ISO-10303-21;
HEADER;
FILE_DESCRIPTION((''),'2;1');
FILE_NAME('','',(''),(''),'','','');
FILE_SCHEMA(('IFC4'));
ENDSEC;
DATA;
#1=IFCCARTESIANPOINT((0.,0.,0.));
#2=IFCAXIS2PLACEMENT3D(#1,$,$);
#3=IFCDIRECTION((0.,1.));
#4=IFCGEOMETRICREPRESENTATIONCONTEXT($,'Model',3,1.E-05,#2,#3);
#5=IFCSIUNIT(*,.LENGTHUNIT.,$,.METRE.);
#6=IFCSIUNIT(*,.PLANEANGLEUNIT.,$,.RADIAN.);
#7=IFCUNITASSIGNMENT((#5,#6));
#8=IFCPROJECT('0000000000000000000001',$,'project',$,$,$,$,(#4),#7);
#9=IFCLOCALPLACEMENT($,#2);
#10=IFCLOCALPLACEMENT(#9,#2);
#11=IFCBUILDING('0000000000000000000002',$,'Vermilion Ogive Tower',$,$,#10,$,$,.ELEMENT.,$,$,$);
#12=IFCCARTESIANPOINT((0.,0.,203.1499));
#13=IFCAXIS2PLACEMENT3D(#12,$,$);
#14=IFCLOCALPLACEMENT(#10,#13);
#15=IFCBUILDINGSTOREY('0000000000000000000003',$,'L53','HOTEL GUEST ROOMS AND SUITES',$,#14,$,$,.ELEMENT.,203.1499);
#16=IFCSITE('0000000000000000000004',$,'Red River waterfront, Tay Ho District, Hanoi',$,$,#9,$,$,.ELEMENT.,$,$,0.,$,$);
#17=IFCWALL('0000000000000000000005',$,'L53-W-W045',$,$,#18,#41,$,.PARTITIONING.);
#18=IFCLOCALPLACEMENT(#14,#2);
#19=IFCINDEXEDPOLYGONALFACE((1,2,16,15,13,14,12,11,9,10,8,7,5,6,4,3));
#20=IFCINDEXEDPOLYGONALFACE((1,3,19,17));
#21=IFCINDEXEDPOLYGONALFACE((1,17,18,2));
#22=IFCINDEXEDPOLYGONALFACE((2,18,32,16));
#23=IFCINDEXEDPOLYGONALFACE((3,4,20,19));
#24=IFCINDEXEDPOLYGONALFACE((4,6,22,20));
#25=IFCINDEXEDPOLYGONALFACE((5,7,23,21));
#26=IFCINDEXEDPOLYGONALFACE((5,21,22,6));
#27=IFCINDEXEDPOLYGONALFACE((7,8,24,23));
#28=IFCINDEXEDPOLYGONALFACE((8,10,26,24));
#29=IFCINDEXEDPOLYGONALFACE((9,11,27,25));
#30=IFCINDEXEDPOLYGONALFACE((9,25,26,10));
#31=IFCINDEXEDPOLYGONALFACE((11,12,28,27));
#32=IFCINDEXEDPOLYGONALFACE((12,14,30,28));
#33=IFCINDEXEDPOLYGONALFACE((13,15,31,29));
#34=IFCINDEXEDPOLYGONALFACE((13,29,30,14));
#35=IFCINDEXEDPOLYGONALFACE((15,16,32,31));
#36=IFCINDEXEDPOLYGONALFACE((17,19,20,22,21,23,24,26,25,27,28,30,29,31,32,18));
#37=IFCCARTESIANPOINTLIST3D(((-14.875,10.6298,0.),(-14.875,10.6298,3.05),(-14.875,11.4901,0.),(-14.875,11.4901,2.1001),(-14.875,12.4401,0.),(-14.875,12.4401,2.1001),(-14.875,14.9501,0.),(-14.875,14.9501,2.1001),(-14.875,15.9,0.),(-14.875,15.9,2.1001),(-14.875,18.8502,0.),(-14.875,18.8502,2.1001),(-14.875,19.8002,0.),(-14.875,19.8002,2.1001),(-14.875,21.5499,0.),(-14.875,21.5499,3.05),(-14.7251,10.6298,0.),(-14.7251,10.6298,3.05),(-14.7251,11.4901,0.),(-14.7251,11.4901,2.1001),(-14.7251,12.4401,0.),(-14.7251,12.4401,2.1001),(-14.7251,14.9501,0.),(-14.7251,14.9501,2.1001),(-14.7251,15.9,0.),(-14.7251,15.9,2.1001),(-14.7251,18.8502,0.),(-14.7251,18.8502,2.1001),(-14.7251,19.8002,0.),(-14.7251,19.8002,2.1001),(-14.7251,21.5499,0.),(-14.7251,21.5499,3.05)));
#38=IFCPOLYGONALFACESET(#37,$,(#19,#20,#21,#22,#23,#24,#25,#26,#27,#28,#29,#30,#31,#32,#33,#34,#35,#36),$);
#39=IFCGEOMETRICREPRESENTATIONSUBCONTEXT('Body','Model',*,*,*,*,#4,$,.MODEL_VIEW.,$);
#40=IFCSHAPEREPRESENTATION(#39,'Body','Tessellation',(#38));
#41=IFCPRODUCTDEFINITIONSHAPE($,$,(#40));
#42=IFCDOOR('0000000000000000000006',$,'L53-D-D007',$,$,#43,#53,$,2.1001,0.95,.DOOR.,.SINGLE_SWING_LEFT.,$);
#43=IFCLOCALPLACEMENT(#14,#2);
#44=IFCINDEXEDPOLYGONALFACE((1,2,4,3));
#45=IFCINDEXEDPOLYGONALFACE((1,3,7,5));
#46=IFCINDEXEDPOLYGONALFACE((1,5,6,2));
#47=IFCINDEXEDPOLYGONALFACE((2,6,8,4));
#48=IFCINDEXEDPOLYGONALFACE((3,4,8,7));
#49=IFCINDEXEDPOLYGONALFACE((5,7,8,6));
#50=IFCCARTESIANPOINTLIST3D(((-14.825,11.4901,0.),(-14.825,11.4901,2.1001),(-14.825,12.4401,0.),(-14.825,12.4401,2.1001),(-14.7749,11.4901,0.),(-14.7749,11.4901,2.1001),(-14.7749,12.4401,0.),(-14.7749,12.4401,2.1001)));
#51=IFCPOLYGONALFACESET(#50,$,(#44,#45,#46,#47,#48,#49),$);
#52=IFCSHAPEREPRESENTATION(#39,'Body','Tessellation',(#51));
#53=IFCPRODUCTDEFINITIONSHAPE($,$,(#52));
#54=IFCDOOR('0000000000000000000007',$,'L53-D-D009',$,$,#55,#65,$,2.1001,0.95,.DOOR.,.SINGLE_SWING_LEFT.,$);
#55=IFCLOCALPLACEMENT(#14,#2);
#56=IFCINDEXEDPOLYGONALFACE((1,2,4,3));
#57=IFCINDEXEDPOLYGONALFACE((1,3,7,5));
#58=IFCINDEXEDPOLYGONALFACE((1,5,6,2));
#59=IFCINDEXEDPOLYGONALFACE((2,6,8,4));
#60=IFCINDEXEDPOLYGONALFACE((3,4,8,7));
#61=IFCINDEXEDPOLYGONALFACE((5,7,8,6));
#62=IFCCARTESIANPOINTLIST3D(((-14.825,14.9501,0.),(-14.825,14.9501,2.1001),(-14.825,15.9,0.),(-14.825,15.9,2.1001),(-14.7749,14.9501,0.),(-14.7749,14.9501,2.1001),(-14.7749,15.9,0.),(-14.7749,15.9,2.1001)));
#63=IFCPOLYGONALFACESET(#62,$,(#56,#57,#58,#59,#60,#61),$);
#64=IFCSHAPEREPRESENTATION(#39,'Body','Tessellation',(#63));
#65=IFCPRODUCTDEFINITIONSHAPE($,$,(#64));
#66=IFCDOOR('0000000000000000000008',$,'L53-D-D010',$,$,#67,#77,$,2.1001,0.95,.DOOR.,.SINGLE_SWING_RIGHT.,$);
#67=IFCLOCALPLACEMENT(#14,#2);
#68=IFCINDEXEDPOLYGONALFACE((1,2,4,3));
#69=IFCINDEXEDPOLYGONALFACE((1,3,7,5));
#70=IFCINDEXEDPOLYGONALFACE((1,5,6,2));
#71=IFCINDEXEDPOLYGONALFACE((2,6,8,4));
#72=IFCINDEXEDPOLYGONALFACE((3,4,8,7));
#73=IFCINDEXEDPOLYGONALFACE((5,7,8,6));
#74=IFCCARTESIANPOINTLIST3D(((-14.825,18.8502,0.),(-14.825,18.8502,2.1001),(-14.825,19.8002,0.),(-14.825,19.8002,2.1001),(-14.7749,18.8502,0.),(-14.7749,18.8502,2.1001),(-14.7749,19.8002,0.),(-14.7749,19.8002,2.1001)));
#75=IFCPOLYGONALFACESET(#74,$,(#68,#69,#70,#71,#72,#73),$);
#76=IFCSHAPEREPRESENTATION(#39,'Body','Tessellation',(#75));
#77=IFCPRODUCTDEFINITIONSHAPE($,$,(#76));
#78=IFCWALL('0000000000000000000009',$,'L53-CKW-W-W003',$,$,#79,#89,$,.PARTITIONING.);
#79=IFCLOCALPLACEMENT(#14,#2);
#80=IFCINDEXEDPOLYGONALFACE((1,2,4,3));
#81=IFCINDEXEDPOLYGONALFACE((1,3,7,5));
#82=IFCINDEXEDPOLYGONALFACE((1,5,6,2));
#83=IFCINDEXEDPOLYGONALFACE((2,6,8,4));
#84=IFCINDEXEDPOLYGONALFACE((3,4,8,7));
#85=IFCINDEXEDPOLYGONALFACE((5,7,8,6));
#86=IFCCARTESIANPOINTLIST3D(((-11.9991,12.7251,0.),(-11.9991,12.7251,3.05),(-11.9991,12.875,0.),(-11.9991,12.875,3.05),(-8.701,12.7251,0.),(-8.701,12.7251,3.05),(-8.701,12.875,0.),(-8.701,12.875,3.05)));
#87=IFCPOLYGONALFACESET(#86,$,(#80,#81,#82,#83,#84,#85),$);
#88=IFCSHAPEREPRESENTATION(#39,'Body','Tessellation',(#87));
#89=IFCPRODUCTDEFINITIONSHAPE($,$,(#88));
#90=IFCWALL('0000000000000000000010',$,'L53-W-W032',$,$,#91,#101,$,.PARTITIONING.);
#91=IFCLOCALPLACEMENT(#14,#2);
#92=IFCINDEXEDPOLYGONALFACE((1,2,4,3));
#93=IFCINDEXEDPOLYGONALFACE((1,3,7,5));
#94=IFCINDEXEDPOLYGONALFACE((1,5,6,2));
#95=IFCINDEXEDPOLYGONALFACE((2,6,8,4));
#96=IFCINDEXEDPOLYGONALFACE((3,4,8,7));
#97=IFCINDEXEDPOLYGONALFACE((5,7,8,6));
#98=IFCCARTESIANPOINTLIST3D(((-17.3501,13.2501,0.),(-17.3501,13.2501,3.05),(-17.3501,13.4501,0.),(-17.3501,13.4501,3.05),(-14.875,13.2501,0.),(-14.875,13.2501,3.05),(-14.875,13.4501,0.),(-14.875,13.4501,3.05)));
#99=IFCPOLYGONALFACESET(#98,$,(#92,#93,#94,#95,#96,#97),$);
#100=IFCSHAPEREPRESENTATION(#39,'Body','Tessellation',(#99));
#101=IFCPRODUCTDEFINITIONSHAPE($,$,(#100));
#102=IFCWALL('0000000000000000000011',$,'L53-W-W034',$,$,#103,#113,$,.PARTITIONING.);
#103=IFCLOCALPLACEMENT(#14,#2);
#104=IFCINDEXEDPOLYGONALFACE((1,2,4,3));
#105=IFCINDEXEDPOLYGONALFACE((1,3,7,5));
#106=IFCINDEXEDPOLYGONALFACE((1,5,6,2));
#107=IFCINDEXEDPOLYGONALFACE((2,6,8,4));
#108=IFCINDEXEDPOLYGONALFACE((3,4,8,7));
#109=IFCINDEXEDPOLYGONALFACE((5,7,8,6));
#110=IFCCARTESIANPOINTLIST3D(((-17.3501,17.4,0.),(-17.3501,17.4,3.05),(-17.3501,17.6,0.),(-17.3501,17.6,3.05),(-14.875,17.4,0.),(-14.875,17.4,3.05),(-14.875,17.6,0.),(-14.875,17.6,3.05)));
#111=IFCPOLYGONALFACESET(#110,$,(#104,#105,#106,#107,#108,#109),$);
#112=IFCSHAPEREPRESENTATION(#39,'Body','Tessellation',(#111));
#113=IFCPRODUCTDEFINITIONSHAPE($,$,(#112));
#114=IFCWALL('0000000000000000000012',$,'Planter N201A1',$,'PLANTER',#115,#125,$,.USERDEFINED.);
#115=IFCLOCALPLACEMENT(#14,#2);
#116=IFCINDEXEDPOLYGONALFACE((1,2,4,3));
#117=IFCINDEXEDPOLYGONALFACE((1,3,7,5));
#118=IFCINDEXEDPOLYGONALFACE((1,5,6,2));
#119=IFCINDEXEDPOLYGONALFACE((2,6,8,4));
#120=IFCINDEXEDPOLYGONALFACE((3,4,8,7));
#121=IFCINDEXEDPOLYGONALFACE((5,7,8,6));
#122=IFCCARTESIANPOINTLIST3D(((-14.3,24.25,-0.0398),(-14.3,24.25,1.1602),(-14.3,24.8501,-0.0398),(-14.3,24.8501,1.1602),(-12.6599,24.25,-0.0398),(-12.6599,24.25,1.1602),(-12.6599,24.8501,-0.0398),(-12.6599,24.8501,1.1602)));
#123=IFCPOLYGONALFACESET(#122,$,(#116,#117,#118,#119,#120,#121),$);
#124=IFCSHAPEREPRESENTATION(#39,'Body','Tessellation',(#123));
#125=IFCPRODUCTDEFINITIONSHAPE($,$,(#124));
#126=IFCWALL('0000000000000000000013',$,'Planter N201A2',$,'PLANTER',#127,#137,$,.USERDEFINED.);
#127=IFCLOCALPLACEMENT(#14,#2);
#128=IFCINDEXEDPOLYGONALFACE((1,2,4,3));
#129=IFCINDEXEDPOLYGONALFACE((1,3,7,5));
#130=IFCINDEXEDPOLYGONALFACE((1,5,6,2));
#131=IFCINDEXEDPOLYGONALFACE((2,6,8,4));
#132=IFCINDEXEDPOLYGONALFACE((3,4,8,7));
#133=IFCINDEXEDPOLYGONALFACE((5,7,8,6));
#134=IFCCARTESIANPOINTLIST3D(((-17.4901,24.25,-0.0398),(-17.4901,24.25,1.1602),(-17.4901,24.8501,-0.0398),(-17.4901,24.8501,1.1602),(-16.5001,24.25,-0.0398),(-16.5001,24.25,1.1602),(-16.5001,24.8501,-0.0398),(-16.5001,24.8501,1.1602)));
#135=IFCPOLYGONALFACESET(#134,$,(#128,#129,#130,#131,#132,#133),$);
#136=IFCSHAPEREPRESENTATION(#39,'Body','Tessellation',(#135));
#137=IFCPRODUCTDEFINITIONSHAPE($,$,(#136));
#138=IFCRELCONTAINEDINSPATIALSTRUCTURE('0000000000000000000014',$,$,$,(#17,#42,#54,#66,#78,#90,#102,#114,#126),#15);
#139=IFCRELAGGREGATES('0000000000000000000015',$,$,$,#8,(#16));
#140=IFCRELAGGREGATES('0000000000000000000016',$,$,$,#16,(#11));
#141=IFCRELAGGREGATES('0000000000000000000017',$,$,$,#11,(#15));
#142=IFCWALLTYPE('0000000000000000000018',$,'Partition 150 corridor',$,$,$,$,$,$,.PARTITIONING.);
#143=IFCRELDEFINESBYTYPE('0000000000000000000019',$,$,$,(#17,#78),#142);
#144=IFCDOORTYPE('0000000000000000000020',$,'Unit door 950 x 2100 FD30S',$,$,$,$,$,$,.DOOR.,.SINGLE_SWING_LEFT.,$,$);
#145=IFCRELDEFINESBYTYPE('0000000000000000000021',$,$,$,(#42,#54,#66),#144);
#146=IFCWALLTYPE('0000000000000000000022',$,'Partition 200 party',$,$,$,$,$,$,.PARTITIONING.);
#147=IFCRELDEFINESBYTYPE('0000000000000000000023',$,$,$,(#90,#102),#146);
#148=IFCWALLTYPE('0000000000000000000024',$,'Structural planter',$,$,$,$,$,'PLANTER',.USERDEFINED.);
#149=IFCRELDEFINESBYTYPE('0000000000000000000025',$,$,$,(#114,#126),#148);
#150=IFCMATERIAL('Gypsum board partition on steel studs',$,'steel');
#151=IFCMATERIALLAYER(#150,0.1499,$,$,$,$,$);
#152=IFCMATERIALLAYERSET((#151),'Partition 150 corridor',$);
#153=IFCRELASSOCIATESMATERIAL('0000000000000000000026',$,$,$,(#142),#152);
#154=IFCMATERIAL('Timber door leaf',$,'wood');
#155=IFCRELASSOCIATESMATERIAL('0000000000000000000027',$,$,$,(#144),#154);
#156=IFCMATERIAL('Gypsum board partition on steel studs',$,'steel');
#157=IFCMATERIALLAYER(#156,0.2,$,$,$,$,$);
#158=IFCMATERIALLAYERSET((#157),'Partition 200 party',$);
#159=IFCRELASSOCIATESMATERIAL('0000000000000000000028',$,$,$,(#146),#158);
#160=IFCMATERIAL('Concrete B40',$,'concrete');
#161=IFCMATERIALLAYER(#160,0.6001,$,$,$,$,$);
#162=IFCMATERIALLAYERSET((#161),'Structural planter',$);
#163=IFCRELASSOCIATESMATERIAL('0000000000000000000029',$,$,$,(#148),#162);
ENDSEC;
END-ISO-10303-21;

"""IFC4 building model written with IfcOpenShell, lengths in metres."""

from ifc_helpers import new_model, si_unit, direction, frame, frame_2d, origin, place, context, subcontext, project, spatial, rectangle, extrude, material, layer, layer_set, type_object, element, fill, save


model = new_model("IFC4")

# Units and contexts
model_context = context("Model", 3, precision=1e-05, world=origin(), true_north=direction((0.0, 1.0)))
body_context = subcontext(model_context, "Body", "Model", "MODEL_VIEW")
ifc_project = project(units=[si_unit("LENGTHUNIT", "METRE"), si_unit("PLANEANGLEUNIT", "RADIAN")], contexts=[model_context])

# Site, building, storey
site_placement = place(None, origin())
site = spatial("IfcSite", under=ifc_project, at=site_placement, Name="Red River waterfront, Tay Ho District, Hanoi", CompositionType="ELEMENT", RefElevation=0.0)
building_placement = place(site_placement, origin())
building = spatial("IfcBuilding", under=site, at=building_placement, Name="Vermilion Ogive Tower", CompositionType="ELEMENT")
storey_placement = place(building_placement, frame((0.0, 0.0, 203.1499)))
storey = spatial("IfcBuildingStorey", under=building, at=storey_placement, Name="L53", Description="HOTEL GUEST ROOMS AND SUITES", CompositionType="ELEMENT", Elevation=203.1499)

# Wall, openings, doors
ifc_material_1 = material(Name="Gypsum board partition on steel studs", Category="steel")
ifc_layer_1 = layer(ifc_material_1, 0.1499)
ifc_layer_set_1 = layer_set([ifc_layer_1], Name="Partition 150 corridor")
wall_type_1 = type_object("IfcWallType", Name="Partition 150 corridor", PredefinedType="PARTITIONING", material=ifc_layer_set_1)
wall_1_placement = place(storey_placement, frame((-14.8, 10.6299, 0.0), z_axis=(0.0, 0.0, 1.0), x_axis=(0.0, 1.0, 0.0)))
wall_1 = element("IfcWall", 1, at=wall_1_placement, inside=storey, type_object=wall_type_1, Name="L53-W-W045", PredefinedType="PARTITIONING", context=body_context, shape_type="SweptSolid", body=[
    extrude(rectangle(XDim=10.9202, YDim=0.1499, at=frame_2d((5.46, 0.0))), origin(), (0.0, 0.0, 1.0), 3.05),
])
opening_1_placement = place(wall_1_placement, frame((0.8601, 0.0, 0.0)))
opening_1 = element("IfcOpeningElement", 2, at=opening_1_placement, cuts=wall_1, PredefinedType="OPENING", context=body_context, shape_type="SweptSolid", body=[
    extrude(rectangle(XDim=0.95, YDim=2.1001, at=frame_2d((0.4751, 1.05))), frame((0.0, 0.085, 0.0), z_axis=(0.0, -1.0, 0.0), x_axis=(1.0, 0.0, 0.0)), (0.0, 0.0, 1.0), 0.1699),
])
opening_2_placement = place(wall_1_placement, frame((4.3201, 0.0, 0.0)))
opening_2 = element("IfcOpeningElement", 3, at=opening_2_placement, cuts=wall_1, PredefinedType="OPENING", context=body_context, shape_type="SweptSolid", body=[
    extrude(rectangle(XDim=0.95, YDim=2.1001, at=frame_2d((0.4751, 1.05))), frame((0.0, 0.085, 0.0), z_axis=(0.0, -1.0, 0.0), x_axis=(1.0, 0.0, 0.0)), (0.0, 0.0, 1.0), 0.1699),
])
opening_3_placement = place(wall_1_placement, frame((8.2202, 0.0, 0.0)))
opening_3 = element("IfcOpeningElement", 4, at=opening_3_placement, cuts=wall_1, PredefinedType="OPENING", context=body_context, shape_type="SweptSolid", body=[
    extrude(rectangle(XDim=0.95, YDim=2.1001, at=frame_2d((0.4751, 1.05))), frame((0.0, 0.085, 0.0), z_axis=(0.0, -1.0, 0.0), x_axis=(1.0, 0.0, 0.0)), (0.0, 0.0, 1.0), 0.1699),
])
ifc_material_2 = material(Name="Timber door leaf", Category="wood")
door_type_1 = type_object("IfcDoorType", Name="Unit door 950 x 2100 FD30S", OperationType="SINGLE_SWING_LEFT", PredefinedType="DOOR", material=ifc_material_2)
door_1_placement = place(opening_1_placement, origin())
door_1 = element("IfcDoor", 5, at=door_1_placement, inside=storey, type_object=door_type_1, Name="L53-D-D007", OperationType="SINGLE_SWING_LEFT", OverallHeight=2.1001, OverallWidth=0.95, PredefinedType="DOOR", context=body_context, shape_type="SweptSolid", body=[
    extrude(rectangle(XDim=0.95, YDim=2.1001, at=frame_2d((0.4751, 1.05))), frame((0.0, 0.0249, 0.0), z_axis=(0.0, -1.0, 0.0), x_axis=(1.0, 0.0, 0.0)), (0.0, 0.0, 1.0), 0.05),
])
fill(opening_1, door_1)
door_2_placement = place(opening_2_placement, origin())
door_2 = element("IfcDoor", 6, at=door_2_placement, inside=storey, type_object=door_type_1, Name="L53-D-D009", OperationType="SINGLE_SWING_LEFT", OverallHeight=2.1001, OverallWidth=0.95, PredefinedType="DOOR", context=body_context, shape_type="SweptSolid", body=[
    extrude(rectangle(XDim=0.95, YDim=2.1001, at=frame_2d((0.4751, 1.05))), frame((0.0, 0.0249, 0.0), z_axis=(0.0, -1.0, 0.0), x_axis=(1.0, 0.0, 0.0)), (0.0, 0.0, 1.0), 0.05),
])
fill(opening_2, door_2)
door_3_placement = place(opening_3_placement, origin())
door_3 = element("IfcDoor", 7, at=door_3_placement, inside=storey, type_object=door_type_1, Name="L53-D-D010", OperationType="SINGLE_SWING_RIGHT", OverallHeight=2.1001, OverallWidth=0.95, PredefinedType="DOOR", context=body_context, shape_type="SweptSolid", body=[
    extrude(rectangle(XDim=0.95, YDim=2.1001, at=frame_2d((0.4751, 1.05))), frame((0.0, 0.0249, 0.0), z_axis=(0.0, -1.0, 0.0), x_axis=(1.0, 0.0, 0.0)), (0.0, 0.0, 1.0), 0.05),
])
fill(opening_3, door_3)

# Walls
wall_2_placement = place(storey_placement, frame((-11.999, 12.8, 0.0), z_axis=(0.0, 0.0, 1.0), x_axis=(1.0, 0.0, 0.0)))
element("IfcWall", 8, at=wall_2_placement, inside=storey, type_object=wall_type_1, Name="L53-CKW-W-W003", PredefinedType="PARTITIONING", context=body_context, shape_type="SweptSolid", body=[
    extrude(rectangle(XDim=3.2981, YDim=0.1499, at=frame_2d((1.6489, 0.0))), origin(), (0.0, 0.0, 1.0), 3.05),
])
ifc_material_3 = material(Name="Gypsum board partition on steel studs", Category="steel")
ifc_layer_2 = layer(ifc_material_3, 0.2)
ifc_layer_set_2 = layer_set([ifc_layer_2], Name="Partition 200 party")
wall_type_2 = type_object("IfcWallType", Name="Partition 200 party", PredefinedType="PARTITIONING", material=ifc_layer_set_2)
for number, where, z_axis, x_axis, name in (
    (9, (-17.3501, 13.3501, 0.0), (0.0, 0.0, 1.0), (1.0, 0.0, 0.0), "L53-W-W032"),
    (10, (-17.3501, 17.5, 0.0), (0.0, 0.0, 1.0), (1.0, 0.0, 0.0), "L53-W-W034"),
):
    element("IfcWall", number, at=place(storey_placement, frame(where, z_axis=z_axis, x_axis=x_axis)), inside=storey, type_object=wall_type_2, Name=name, PredefinedType="PARTITIONING", context=body_context, shape_type="SweptSolid", body=[
        extrude(rectangle(XDim=2.4751, YDim=0.2, at=frame_2d((1.2375, 0.0))), origin(), (0.0, 0.0, 1.0), 3.05),
    ])
ifc_material_4 = material(Name="Concrete B40", Category="concrete")
ifc_layer_3 = layer(ifc_material_4, 0.6001)
ifc_layer_set_3 = layer_set([ifc_layer_3], Name="Structural planter")
wall_type_3 = type_object("IfcWallType", Name="Structural planter", ElementType="PLANTER", PredefinedType="USERDEFINED", material=ifc_layer_set_3)
wall_3_placement = place(storey_placement, frame((-12.6599, 24.55, -0.0398), z_axis=(0.0, 0.0, 1.0), x_axis=(-1.0, 0.0, 0.0)))
element("IfcWall", 11, at=wall_3_placement, inside=storey, type_object=wall_type_3, Name="Planter N201A1", ObjectType="PLANTER", PredefinedType="USERDEFINED", context=body_context, shape_type="SweptSolid", body=[
    extrude(rectangle(XDim=1.6401, YDim=0.6001, at=frame_2d((0.8201, 0.0))), origin(), (0.0, 0.0, 1.0), 1.2),
])
wall_4_placement = place(storey_placement, frame((-16.5, 24.55, -0.0398), z_axis=(0.0, 0.0, 1.0), x_axis=(-1.0, 0.0, 0.0)))
element("IfcWall", 12, at=wall_4_placement, inside=storey, type_object=wall_type_3, Name="Planter N201A2", ObjectType="PLANTER", PredefinedType="USERDEFINED", context=body_context, shape_type="SweptSolid", body=[
    extrude(rectangle(XDim=0.99, YDim=0.6001, at=frame_2d((0.4951, 0.0))), origin(), (0.0, 0.0, 1.0), 1.2),
])

save(model, "model.ifc")
